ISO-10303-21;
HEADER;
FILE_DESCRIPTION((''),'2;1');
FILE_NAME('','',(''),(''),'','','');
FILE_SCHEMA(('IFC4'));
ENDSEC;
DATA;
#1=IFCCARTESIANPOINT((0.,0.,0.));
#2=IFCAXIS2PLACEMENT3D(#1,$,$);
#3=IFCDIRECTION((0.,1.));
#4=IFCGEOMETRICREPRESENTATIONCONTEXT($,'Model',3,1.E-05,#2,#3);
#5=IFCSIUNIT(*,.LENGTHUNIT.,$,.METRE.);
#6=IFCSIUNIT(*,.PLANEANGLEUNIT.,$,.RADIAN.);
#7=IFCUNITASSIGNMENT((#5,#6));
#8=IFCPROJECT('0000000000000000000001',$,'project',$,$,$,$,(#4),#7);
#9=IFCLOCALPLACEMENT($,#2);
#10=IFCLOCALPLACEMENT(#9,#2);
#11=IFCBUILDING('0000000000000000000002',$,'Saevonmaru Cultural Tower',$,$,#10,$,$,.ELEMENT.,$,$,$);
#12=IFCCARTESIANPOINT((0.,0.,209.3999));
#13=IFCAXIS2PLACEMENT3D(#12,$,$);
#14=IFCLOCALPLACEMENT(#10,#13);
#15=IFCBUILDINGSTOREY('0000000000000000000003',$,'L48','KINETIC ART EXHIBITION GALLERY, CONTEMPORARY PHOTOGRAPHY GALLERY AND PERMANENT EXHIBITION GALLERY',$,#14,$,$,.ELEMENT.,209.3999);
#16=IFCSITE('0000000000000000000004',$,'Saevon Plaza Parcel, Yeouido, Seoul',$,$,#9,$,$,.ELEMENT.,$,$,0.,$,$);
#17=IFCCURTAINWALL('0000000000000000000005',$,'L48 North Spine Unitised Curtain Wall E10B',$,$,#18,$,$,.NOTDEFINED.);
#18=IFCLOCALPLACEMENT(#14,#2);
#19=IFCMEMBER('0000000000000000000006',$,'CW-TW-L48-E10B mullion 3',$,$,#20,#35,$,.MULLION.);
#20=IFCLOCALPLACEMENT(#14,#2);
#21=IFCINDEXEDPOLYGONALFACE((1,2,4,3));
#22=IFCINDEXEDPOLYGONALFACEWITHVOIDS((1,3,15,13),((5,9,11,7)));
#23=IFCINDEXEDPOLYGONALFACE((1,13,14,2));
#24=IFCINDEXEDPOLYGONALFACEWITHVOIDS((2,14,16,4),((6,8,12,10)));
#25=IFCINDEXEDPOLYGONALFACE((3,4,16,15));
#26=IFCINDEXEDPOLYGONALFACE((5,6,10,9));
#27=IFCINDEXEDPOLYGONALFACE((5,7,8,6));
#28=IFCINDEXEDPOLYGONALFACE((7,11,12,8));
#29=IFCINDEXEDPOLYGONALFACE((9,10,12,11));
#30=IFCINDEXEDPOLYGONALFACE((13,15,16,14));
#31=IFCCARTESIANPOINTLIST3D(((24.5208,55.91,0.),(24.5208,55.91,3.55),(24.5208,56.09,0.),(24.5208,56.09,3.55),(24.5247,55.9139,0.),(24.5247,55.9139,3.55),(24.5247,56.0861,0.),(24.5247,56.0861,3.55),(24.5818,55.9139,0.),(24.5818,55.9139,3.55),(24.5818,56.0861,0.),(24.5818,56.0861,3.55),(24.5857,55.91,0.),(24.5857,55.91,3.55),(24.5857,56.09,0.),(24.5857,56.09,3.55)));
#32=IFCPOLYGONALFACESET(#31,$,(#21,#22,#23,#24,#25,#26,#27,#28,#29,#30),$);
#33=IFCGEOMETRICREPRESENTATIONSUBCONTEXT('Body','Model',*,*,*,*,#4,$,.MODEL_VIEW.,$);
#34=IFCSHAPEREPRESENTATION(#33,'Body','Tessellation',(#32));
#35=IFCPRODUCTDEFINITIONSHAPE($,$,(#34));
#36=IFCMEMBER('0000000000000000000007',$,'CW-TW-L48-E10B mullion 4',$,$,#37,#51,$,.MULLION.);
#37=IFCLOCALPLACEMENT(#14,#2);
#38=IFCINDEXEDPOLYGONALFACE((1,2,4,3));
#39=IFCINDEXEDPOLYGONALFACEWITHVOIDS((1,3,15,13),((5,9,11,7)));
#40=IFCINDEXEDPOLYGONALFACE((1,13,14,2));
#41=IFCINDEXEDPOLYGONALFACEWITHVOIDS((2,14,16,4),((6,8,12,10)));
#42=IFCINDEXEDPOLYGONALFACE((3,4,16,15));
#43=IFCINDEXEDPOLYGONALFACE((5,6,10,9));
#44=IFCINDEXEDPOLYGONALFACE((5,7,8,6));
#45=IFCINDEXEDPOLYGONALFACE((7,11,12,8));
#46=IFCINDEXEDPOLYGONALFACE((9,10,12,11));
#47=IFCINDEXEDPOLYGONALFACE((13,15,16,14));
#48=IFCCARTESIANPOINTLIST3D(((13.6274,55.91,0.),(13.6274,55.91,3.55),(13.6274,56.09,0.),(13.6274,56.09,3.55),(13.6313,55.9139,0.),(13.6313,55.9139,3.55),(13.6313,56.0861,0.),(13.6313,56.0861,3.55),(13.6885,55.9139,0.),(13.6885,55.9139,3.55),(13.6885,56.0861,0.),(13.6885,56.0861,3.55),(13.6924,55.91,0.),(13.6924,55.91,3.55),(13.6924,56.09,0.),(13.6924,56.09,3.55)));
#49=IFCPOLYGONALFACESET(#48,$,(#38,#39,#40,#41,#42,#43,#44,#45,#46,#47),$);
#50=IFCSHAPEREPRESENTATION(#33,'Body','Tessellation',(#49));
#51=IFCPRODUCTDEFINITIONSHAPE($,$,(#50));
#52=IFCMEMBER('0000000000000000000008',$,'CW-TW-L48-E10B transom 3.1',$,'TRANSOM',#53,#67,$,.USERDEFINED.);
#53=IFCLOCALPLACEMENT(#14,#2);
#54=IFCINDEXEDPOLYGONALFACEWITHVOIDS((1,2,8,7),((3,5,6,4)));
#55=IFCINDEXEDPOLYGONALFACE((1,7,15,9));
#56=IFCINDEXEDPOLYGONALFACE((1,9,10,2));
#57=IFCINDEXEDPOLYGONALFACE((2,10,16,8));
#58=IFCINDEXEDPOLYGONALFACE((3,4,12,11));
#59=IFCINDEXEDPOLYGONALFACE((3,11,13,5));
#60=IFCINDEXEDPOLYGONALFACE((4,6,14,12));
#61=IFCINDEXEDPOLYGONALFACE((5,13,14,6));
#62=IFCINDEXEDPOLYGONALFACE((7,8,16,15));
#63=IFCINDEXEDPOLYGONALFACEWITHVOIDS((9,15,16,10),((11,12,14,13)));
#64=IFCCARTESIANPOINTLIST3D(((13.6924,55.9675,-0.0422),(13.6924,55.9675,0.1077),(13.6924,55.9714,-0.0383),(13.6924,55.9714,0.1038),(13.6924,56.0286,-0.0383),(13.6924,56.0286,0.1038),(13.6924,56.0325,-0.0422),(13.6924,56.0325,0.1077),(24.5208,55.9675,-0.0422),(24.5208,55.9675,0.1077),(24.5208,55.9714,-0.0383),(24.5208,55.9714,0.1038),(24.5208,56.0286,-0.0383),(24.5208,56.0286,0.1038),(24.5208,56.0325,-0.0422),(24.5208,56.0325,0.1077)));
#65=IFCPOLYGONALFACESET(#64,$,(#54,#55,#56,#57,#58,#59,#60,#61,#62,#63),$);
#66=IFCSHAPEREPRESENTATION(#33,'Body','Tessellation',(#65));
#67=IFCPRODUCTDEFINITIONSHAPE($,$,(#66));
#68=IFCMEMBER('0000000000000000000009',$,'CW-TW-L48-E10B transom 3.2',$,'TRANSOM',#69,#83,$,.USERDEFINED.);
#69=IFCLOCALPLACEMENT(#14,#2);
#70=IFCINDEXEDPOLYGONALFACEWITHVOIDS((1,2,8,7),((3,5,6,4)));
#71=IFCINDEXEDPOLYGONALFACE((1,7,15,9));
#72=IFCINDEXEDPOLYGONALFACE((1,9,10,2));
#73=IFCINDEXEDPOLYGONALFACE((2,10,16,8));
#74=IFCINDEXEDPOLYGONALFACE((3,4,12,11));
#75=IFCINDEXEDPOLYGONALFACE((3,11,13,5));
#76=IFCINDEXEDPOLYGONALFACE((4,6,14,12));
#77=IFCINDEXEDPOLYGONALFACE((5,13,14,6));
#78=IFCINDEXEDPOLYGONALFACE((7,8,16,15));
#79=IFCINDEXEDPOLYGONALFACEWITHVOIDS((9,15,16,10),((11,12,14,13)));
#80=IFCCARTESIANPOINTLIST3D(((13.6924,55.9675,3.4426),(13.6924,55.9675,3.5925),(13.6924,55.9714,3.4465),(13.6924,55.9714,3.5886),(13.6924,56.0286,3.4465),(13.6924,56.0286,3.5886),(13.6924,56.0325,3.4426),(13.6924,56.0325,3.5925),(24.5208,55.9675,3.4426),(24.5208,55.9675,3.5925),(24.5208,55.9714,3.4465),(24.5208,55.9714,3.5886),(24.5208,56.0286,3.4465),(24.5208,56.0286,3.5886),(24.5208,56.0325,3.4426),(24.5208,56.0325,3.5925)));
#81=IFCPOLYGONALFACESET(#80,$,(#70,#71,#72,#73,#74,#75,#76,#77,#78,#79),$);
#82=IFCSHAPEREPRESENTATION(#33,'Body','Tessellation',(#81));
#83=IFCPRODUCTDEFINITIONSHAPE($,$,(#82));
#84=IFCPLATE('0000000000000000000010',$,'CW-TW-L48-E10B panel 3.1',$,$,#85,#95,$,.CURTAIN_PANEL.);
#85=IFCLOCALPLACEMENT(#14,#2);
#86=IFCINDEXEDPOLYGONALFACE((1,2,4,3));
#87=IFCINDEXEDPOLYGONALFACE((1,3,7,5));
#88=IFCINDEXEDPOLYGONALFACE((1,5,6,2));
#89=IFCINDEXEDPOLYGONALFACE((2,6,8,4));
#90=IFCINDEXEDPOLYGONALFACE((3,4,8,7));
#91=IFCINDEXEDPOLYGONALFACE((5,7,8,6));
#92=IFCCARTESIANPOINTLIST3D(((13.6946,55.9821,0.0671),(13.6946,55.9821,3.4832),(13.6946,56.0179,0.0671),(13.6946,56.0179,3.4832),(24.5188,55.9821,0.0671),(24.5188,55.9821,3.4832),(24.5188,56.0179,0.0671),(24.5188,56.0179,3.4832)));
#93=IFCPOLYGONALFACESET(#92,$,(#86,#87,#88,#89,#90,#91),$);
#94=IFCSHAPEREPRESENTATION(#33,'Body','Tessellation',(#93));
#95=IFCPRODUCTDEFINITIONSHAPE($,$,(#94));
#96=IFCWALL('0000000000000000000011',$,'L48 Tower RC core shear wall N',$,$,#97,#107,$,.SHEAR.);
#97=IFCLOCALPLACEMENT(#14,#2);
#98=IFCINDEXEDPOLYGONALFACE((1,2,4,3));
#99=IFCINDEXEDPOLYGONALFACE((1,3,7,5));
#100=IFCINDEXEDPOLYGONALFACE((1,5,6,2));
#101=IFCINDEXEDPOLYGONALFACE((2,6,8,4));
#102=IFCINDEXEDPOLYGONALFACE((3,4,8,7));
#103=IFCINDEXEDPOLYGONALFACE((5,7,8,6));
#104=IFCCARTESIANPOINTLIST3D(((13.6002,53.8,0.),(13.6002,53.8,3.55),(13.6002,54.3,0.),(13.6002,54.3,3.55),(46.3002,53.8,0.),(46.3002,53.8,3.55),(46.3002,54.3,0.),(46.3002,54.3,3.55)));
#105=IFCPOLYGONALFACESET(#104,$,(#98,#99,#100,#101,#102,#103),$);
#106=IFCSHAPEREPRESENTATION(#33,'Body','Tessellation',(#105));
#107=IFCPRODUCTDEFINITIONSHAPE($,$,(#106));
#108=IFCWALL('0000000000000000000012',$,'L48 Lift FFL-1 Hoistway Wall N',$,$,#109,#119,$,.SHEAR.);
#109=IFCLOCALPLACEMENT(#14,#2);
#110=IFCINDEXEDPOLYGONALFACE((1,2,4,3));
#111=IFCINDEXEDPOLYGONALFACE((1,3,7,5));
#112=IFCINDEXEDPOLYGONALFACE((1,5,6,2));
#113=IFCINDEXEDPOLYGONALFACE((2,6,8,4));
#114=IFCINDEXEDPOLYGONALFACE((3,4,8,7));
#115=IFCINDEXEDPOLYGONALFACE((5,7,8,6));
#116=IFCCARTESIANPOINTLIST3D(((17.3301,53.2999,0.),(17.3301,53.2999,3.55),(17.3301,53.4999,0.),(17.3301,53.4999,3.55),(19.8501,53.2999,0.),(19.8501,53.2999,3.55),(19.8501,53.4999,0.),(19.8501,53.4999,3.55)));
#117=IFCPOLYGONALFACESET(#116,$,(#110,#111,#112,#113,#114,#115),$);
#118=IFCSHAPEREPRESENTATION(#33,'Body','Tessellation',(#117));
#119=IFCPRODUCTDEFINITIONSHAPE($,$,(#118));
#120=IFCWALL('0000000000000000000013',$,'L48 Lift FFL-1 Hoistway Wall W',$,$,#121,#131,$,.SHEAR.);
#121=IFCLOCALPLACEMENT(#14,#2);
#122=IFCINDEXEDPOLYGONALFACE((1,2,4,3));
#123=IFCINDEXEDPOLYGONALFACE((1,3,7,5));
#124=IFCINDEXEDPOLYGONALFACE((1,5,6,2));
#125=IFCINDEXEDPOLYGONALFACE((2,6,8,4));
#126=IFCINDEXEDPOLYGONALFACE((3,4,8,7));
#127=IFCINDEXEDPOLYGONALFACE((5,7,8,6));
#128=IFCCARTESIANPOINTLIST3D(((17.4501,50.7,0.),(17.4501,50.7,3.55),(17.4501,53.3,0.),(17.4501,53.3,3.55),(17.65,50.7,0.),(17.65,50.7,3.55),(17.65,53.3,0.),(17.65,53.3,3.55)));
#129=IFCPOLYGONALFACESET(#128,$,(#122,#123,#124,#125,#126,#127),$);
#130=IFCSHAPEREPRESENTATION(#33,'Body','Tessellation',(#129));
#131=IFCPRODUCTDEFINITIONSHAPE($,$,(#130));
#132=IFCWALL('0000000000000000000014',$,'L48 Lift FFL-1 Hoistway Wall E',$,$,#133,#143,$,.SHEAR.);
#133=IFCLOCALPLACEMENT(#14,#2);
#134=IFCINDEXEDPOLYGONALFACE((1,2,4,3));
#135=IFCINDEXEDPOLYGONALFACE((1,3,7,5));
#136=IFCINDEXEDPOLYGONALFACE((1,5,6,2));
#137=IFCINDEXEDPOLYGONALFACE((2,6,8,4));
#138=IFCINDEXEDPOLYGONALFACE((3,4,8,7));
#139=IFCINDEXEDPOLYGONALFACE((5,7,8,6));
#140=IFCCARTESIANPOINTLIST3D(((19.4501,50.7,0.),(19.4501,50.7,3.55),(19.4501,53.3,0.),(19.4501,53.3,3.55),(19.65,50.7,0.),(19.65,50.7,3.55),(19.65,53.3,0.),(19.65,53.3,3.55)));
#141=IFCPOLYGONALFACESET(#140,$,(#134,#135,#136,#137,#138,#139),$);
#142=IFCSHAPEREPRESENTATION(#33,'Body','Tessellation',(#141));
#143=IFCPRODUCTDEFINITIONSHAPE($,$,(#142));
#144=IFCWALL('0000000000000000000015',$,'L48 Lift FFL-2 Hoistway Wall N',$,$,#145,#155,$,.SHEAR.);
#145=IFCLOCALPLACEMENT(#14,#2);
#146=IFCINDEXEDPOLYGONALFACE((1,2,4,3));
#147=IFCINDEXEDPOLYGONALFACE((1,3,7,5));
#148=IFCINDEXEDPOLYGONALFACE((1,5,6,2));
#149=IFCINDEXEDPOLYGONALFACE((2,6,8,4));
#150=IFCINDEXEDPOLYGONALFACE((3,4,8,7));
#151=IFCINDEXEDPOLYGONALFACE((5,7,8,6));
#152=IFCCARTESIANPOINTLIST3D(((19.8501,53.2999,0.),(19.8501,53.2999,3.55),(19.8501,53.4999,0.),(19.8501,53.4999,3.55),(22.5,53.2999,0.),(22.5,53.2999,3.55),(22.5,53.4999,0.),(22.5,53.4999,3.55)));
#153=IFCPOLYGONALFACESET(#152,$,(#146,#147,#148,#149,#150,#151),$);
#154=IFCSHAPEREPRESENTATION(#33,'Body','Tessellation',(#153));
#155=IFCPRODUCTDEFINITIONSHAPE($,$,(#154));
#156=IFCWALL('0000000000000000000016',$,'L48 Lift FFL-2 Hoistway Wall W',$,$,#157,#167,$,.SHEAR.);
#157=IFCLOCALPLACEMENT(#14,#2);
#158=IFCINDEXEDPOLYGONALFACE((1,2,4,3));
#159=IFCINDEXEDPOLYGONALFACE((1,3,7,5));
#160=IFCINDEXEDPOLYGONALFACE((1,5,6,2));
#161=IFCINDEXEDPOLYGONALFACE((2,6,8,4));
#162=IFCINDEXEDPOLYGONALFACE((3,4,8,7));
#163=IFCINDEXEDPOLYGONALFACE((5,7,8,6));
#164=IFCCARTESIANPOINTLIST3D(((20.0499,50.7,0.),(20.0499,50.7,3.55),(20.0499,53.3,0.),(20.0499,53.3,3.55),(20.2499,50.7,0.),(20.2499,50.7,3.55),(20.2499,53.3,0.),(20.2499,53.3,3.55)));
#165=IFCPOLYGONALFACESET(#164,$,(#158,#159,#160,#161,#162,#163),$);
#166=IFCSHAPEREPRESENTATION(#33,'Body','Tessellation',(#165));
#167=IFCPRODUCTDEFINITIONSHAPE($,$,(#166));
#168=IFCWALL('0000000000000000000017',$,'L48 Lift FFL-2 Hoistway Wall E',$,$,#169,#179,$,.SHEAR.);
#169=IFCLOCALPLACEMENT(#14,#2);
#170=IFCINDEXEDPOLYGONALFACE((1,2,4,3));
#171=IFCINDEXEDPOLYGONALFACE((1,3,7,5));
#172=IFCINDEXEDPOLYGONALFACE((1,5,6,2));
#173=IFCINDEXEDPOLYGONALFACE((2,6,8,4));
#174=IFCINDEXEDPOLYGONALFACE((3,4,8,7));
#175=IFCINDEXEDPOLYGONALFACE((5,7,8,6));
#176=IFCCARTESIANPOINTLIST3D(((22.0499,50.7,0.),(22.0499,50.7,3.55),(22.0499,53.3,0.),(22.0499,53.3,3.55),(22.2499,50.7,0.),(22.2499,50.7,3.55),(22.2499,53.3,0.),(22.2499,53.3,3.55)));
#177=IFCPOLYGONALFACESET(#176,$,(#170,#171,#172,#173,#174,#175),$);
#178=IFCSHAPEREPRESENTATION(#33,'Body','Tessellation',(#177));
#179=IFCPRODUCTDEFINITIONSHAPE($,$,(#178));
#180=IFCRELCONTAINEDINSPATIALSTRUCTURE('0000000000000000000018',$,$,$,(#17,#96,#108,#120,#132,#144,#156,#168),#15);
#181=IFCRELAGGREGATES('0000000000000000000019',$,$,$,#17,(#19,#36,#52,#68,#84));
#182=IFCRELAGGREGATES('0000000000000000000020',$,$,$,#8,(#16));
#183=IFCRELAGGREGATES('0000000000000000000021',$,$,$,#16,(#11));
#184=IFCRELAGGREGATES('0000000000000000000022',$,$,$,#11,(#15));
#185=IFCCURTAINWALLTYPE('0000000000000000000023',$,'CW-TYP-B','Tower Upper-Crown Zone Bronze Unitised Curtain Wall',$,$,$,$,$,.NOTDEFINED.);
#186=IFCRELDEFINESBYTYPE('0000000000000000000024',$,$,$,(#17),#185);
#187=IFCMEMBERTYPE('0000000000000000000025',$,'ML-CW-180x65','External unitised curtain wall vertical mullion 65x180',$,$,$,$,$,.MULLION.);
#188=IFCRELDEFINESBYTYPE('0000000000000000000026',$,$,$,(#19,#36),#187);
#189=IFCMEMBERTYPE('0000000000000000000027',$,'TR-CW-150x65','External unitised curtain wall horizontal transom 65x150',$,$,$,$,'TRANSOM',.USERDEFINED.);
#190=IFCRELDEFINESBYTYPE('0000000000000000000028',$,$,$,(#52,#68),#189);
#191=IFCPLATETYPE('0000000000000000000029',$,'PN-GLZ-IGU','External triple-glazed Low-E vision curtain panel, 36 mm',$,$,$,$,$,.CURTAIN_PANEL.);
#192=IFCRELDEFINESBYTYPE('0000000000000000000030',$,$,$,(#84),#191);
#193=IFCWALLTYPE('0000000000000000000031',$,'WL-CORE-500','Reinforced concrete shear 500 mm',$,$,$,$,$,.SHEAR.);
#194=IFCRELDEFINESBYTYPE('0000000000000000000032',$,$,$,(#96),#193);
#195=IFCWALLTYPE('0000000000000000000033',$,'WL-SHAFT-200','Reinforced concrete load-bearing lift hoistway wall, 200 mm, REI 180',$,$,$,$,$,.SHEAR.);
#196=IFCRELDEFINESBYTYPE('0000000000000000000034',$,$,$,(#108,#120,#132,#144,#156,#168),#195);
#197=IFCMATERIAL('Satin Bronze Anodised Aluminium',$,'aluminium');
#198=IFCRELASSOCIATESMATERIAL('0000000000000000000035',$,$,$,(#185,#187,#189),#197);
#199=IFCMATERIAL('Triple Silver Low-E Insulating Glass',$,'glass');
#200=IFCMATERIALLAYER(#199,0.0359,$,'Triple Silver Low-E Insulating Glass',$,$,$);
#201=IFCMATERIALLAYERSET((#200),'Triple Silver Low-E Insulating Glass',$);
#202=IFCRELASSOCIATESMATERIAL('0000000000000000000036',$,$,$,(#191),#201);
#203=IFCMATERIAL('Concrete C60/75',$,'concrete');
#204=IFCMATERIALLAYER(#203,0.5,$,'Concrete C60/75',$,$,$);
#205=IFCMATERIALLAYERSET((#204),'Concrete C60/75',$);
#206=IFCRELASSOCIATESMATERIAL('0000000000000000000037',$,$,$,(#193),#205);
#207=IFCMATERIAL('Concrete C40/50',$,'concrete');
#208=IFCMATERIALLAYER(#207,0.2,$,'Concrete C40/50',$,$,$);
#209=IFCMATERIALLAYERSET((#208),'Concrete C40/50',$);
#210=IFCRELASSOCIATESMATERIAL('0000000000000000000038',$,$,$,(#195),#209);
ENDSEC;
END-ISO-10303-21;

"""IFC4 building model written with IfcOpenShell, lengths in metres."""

from ifc_helpers import new_model, si_unit, direction, frame, frame_2d, origin, origin_2d, place, context, subcontext, project, spatial, rectangle, hollow_rectangle, extrude, material, layer, layer_set, material_profile, profile_set, type_object, element, aggregate, save


model = new_model("IFC4")

# Units and contexts
model_context = context("Model", 3, precision=1e-05, world=origin(), true_north=direction((0.0, 1.0)))
body_context = subcontext(model_context, "Body", "Model", "MODEL_VIEW")
ifc_project = project(units=[si_unit("LENGTHUNIT", "METRE"), si_unit("PLANEANGLEUNIT", "RADIAN")], contexts=[model_context])

# Site, building, storey
site_placement = place(None, origin())
site = spatial("IfcSite", under=ifc_project, at=site_placement, Name="Saevon Plaza Parcel, Yeouido, Seoul", CompositionType="ELEMENT", RefElevation=0.0)
building_placement = place(site_placement, origin())
building = spatial("IfcBuilding", under=site, at=building_placement, Name="Saevonmaru Cultural Tower", CompositionType="ELEMENT")
storey_placement = place(building_placement, frame((0.0, 0.0, 209.3999)))
storey = spatial("IfcBuildingStorey", under=building, at=storey_placement, Name="L48", Description="KINETIC ART EXHIBITION GALLERY, CONTEMPORARY PHOTOGRAPHY GALLERY AND PERMANENT EXHIBITION GALLERY", CompositionType="ELEMENT", Elevation=209.3999)

# Curtain wall, members, plate
ifc_material_1 = material(Name="Satin Bronze Anodised Aluminium", Category="aluminium")
curtain_wall_type = type_object("IfcCurtainWallType", Name="CW-TYP-B", Description="Tower Upper-Crown Zone Bronze Unitised Curtain Wall", PredefinedType="NOTDEFINED", material=ifc_material_1)
curtain_wall_placement = place(storey_placement, origin())
curtain_wall = element("IfcCurtainWall", 1, at=curtain_wall_placement, inside=storey, type_object=curtain_wall_type, Name="L48 North Spine Unitised Curtain Wall E10B", PredefinedType="NOTDEFINED")
ifc_material_profile_1 = material_profile(ifc_material_1, hollow_rectangle(XDim=0.0649, YDim=0.1799, WallThickness=0.0039, at=origin_2d()), Name="ALU-MULL-180x65x4")
ifc_profile_set_1 = profile_set([ifc_material_profile_1], Name="Satin Bronze Anodised Aluminium")
member_type_1 = type_object("IfcMemberType", Name="ML-CW-180x65", Description="External unitised curtain wall vertical mullion 65x180", PredefinedType="MULLION", material=ifc_profile_set_1)
member_1_placement = place(storey_placement, frame((24.5532, 56.0, 0.0), z_axis=(0.0, 0.0, 1.0), x_axis=(-1.0, 0.0, 0.0)))
member_1 = element("IfcMember", 2, at=member_1_placement, type_object=member_type_1, Name="CW-TW-L48-E10B mullion 3", PredefinedType="MULLION", context=body_context, shape_type="SweptSolid", body=[
    extrude(hollow_rectangle(XDim=0.0649, YDim=0.1799, WallThickness=0.0039, at=origin_2d()), origin(), (0.0, 0.0, 1.0), 3.55),
])
member_2_placement = place(storey_placement, frame((13.6599, 56.0, 0.0), z_axis=(0.0, 0.0, 1.0), x_axis=(-1.0, 0.0, 0.0)))
member_2 = element("IfcMember", 3, at=member_2_placement, type_object=member_type_1, Name="CW-TW-L48-E10B mullion 4", PredefinedType="MULLION", context=body_context, shape_type="SweptSolid", body=[
    extrude(hollow_rectangle(XDim=0.0649, YDim=0.1799, WallThickness=0.0039, at=origin_2d()), origin(), (0.0, 0.0, 1.0), 3.55),
])
ifc_material_profile_2 = material_profile(ifc_material_1, hollow_rectangle(XDim=0.0649, YDim=0.1499, WallThickness=0.0039, at=origin_2d()), Name="ALU-TRAN-150x65x4")
ifc_profile_set_2 = profile_set([ifc_material_profile_2], Name="Satin Bronze Anodised Aluminium")
member_type_2 = type_object("IfcMemberType", Name="TR-CW-150x65", Description="External unitised curtain wall horizontal transom 65x150", ElementType="TRANSOM", PredefinedType="USERDEFINED", material=ifc_profile_set_2)
member_3_placement = place(storey_placement, frame((24.5208, 56.0, 0.0327), z_axis=(-1.0, 0.0, 0.0), x_axis=(0.0, -1.0, 0.0)))
member_3 = element("IfcMember", 4, at=member_3_placement, type_object=member_type_2, Name="CW-TW-L48-E10B transom 3.1", ObjectType="TRANSOM", PredefinedType="USERDEFINED", context=body_context, shape_type="SweptSolid", body=[
    extrude(hollow_rectangle(XDim=0.0649, YDim=0.1499, WallThickness=0.0039, at=origin_2d()), origin(), (0.0, 0.0, 1.0), 10.8284),
])
member_4_placement = place(storey_placement, frame((24.5208, 56.0, 3.5176), z_axis=(-1.0, 0.0, 0.0), x_axis=(0.0, -1.0, 0.0)))
member_4 = element("IfcMember", 5, at=member_4_placement, type_object=member_type_2, Name="CW-TW-L48-E10B transom 3.2", ObjectType="TRANSOM", PredefinedType="USERDEFINED", context=body_context, shape_type="SweptSolid", body=[
    extrude(hollow_rectangle(XDim=0.0649, YDim=0.1499, WallThickness=0.0039, at=origin_2d()), origin(), (0.0, 0.0, 1.0), 10.8284),
])
ifc_material_2 = material(Name="Triple Silver Low-E Insulating Glass", Category="glass")
ifc_layer_1 = layer(ifc_material_2, 0.0359, Name="Triple Silver Low-E Insulating Glass")
ifc_layer_set_1 = layer_set([ifc_layer_1], Name="Triple Silver Low-E Insulating Glass")
plate_type = type_object("IfcPlateType", Name="PN-GLZ-IGU", Description="External triple-glazed Low-E vision curtain panel, 36 mm", PredefinedType="CURTAIN_PANEL", material=ifc_layer_set_1)
plate_placement = place(storey_placement, frame((19.1067, 56.0, 0.0671), z_axis=(0.0, 0.0, 1.0), x_axis=(-1.0, 0.0, 0.0)))
plate = element("IfcPlate", 6, at=plate_placement, type_object=plate_type, Name="CW-TW-L48-E10B panel 3.1", PredefinedType="CURTAIN_PANEL", context=body_context, shape_type="SweptSolid", body=[
    extrude(rectangle(XDim=10.8242, YDim=0.0359, at=origin_2d()), origin(), (0.0, 0.0, 1.0), 3.416),
])
aggregate(curtain_wall, [member_1, member_2, member_3, member_4, plate])

# Walls
ifc_material_3 = material(Name="Concrete C60/75", Category="concrete")
ifc_layer_2 = layer(ifc_material_3, 0.5, Name="Concrete C60/75")
ifc_layer_set_2 = layer_set([ifc_layer_2], Name="Concrete C60/75")
wall_type_1 = type_object("IfcWallType", Name="WL-CORE-500", Description="Reinforced concrete shear 500 mm", PredefinedType="SHEAR", material=ifc_layer_set_2)
wall_1_placement = place(storey_placement, frame((13.6001, 54.05, 0.0), z_axis=(0.0, 0.0, 1.0), x_axis=(1.0, 0.0, 0.0)))
element("IfcWall", 7, at=wall_1_placement, inside=storey, type_object=wall_type_1, Name="L48 Tower RC core shear wall N", PredefinedType="SHEAR", context=body_context, shape_type="SweptSolid", body=[
    extrude(rectangle(XDim=32.7, YDim=0.5, at=frame_2d((16.3501, 0.0))), origin(), (0.0, 0.0, 1.0), 3.55),
])
ifc_material_4 = material(Name="Concrete C40/50", Category="concrete")
ifc_layer_3 = layer(ifc_material_4, 0.2, Name="Concrete C40/50")
ifc_layer_set_3 = layer_set([ifc_layer_3], Name="Concrete C40/50")
wall_type_2 = type_object("IfcWallType", Name="WL-SHAFT-200", Description="Reinforced concrete load-bearing lift hoistway wall, 200 mm, REI 180", PredefinedType="SHEAR", material=ifc_layer_set_3)
wall_2_placement = place(storey_placement, frame((17.3301, 53.3999, 0.0), z_axis=(0.0, 0.0, 1.0), x_axis=(1.0, 0.0, 0.0)))
element("IfcWall", 8, at=wall_2_placement, inside=storey, type_object=wall_type_2, Name="L48 Lift FFL-1 Hoistway Wall N", PredefinedType="SHEAR", context=body_context, shape_type="SweptSolid", body=[
    extrude(rectangle(XDim=2.52, YDim=0.2, at=frame_2d((1.26, 0.0))), origin(), (0.0, 0.0, 1.0), 3.55),
])
for number, where, z_axis, x_axis, name in (
    (9, (17.55, 50.7, 0.0), (0.0, 0.0, 1.0), (0.0, 1.0, 0.0), "L48 Lift FFL-1 Hoistway Wall W"),
    (10, (19.55, 50.7, 0.0), (0.0, 0.0, 1.0), (0.0, 1.0, 0.0), "L48 Lift FFL-1 Hoistway Wall E"),
):
    element("IfcWall", number, at=place(storey_placement, frame(where, z_axis=z_axis, x_axis=x_axis)), inside=storey, type_object=wall_type_2, Name=name, PredefinedType="SHEAR", context=body_context, shape_type="SweptSolid", body=[
        extrude(rectangle(XDim=2.6001, YDim=0.2, at=frame_2d((1.3, 0.0))), origin(), (0.0, 0.0, 1.0), 3.55),
    ])
wall_3_placement = place(storey_placement, frame((19.8501, 53.3999, 0.0), z_axis=(0.0, 0.0, 1.0), x_axis=(1.0, 0.0, 0.0)))
element("IfcWall", 11, at=wall_3_placement, inside=storey, type_object=wall_type_2, Name="L48 Lift FFL-2 Hoistway Wall N", PredefinedType="SHEAR", context=body_context, shape_type="SweptSolid", body=[
    extrude(rectangle(XDim=2.6499, YDim=0.2, at=frame_2d((1.325, 0.0))), origin(), (0.0, 0.0, 1.0), 3.55),
])
for number, where, z_axis, x_axis, name in (
    (12, (20.1499, 50.7, 0.0), (0.0, 0.0, 1.0), (0.0, 1.0, 0.0), "L48 Lift FFL-2 Hoistway Wall W"),
    (13, (22.1499, 50.7, 0.0), (0.0, 0.0, 1.0), (0.0, 1.0, 0.0), "L48 Lift FFL-2 Hoistway Wall E"),
):
    element("IfcWall", number, at=place(storey_placement, frame(where, z_axis=z_axis, x_axis=x_axis)), inside=storey, type_object=wall_type_2, Name=name, PredefinedType="SHEAR", context=body_context, shape_type="SweptSolid", body=[
        extrude(rectangle(XDim=2.6001, YDim=0.2, at=frame_2d((1.3, 0.0))), origin(), (0.0, 0.0, 1.0), 3.55),
    ])

save(model, "model.ifc")
